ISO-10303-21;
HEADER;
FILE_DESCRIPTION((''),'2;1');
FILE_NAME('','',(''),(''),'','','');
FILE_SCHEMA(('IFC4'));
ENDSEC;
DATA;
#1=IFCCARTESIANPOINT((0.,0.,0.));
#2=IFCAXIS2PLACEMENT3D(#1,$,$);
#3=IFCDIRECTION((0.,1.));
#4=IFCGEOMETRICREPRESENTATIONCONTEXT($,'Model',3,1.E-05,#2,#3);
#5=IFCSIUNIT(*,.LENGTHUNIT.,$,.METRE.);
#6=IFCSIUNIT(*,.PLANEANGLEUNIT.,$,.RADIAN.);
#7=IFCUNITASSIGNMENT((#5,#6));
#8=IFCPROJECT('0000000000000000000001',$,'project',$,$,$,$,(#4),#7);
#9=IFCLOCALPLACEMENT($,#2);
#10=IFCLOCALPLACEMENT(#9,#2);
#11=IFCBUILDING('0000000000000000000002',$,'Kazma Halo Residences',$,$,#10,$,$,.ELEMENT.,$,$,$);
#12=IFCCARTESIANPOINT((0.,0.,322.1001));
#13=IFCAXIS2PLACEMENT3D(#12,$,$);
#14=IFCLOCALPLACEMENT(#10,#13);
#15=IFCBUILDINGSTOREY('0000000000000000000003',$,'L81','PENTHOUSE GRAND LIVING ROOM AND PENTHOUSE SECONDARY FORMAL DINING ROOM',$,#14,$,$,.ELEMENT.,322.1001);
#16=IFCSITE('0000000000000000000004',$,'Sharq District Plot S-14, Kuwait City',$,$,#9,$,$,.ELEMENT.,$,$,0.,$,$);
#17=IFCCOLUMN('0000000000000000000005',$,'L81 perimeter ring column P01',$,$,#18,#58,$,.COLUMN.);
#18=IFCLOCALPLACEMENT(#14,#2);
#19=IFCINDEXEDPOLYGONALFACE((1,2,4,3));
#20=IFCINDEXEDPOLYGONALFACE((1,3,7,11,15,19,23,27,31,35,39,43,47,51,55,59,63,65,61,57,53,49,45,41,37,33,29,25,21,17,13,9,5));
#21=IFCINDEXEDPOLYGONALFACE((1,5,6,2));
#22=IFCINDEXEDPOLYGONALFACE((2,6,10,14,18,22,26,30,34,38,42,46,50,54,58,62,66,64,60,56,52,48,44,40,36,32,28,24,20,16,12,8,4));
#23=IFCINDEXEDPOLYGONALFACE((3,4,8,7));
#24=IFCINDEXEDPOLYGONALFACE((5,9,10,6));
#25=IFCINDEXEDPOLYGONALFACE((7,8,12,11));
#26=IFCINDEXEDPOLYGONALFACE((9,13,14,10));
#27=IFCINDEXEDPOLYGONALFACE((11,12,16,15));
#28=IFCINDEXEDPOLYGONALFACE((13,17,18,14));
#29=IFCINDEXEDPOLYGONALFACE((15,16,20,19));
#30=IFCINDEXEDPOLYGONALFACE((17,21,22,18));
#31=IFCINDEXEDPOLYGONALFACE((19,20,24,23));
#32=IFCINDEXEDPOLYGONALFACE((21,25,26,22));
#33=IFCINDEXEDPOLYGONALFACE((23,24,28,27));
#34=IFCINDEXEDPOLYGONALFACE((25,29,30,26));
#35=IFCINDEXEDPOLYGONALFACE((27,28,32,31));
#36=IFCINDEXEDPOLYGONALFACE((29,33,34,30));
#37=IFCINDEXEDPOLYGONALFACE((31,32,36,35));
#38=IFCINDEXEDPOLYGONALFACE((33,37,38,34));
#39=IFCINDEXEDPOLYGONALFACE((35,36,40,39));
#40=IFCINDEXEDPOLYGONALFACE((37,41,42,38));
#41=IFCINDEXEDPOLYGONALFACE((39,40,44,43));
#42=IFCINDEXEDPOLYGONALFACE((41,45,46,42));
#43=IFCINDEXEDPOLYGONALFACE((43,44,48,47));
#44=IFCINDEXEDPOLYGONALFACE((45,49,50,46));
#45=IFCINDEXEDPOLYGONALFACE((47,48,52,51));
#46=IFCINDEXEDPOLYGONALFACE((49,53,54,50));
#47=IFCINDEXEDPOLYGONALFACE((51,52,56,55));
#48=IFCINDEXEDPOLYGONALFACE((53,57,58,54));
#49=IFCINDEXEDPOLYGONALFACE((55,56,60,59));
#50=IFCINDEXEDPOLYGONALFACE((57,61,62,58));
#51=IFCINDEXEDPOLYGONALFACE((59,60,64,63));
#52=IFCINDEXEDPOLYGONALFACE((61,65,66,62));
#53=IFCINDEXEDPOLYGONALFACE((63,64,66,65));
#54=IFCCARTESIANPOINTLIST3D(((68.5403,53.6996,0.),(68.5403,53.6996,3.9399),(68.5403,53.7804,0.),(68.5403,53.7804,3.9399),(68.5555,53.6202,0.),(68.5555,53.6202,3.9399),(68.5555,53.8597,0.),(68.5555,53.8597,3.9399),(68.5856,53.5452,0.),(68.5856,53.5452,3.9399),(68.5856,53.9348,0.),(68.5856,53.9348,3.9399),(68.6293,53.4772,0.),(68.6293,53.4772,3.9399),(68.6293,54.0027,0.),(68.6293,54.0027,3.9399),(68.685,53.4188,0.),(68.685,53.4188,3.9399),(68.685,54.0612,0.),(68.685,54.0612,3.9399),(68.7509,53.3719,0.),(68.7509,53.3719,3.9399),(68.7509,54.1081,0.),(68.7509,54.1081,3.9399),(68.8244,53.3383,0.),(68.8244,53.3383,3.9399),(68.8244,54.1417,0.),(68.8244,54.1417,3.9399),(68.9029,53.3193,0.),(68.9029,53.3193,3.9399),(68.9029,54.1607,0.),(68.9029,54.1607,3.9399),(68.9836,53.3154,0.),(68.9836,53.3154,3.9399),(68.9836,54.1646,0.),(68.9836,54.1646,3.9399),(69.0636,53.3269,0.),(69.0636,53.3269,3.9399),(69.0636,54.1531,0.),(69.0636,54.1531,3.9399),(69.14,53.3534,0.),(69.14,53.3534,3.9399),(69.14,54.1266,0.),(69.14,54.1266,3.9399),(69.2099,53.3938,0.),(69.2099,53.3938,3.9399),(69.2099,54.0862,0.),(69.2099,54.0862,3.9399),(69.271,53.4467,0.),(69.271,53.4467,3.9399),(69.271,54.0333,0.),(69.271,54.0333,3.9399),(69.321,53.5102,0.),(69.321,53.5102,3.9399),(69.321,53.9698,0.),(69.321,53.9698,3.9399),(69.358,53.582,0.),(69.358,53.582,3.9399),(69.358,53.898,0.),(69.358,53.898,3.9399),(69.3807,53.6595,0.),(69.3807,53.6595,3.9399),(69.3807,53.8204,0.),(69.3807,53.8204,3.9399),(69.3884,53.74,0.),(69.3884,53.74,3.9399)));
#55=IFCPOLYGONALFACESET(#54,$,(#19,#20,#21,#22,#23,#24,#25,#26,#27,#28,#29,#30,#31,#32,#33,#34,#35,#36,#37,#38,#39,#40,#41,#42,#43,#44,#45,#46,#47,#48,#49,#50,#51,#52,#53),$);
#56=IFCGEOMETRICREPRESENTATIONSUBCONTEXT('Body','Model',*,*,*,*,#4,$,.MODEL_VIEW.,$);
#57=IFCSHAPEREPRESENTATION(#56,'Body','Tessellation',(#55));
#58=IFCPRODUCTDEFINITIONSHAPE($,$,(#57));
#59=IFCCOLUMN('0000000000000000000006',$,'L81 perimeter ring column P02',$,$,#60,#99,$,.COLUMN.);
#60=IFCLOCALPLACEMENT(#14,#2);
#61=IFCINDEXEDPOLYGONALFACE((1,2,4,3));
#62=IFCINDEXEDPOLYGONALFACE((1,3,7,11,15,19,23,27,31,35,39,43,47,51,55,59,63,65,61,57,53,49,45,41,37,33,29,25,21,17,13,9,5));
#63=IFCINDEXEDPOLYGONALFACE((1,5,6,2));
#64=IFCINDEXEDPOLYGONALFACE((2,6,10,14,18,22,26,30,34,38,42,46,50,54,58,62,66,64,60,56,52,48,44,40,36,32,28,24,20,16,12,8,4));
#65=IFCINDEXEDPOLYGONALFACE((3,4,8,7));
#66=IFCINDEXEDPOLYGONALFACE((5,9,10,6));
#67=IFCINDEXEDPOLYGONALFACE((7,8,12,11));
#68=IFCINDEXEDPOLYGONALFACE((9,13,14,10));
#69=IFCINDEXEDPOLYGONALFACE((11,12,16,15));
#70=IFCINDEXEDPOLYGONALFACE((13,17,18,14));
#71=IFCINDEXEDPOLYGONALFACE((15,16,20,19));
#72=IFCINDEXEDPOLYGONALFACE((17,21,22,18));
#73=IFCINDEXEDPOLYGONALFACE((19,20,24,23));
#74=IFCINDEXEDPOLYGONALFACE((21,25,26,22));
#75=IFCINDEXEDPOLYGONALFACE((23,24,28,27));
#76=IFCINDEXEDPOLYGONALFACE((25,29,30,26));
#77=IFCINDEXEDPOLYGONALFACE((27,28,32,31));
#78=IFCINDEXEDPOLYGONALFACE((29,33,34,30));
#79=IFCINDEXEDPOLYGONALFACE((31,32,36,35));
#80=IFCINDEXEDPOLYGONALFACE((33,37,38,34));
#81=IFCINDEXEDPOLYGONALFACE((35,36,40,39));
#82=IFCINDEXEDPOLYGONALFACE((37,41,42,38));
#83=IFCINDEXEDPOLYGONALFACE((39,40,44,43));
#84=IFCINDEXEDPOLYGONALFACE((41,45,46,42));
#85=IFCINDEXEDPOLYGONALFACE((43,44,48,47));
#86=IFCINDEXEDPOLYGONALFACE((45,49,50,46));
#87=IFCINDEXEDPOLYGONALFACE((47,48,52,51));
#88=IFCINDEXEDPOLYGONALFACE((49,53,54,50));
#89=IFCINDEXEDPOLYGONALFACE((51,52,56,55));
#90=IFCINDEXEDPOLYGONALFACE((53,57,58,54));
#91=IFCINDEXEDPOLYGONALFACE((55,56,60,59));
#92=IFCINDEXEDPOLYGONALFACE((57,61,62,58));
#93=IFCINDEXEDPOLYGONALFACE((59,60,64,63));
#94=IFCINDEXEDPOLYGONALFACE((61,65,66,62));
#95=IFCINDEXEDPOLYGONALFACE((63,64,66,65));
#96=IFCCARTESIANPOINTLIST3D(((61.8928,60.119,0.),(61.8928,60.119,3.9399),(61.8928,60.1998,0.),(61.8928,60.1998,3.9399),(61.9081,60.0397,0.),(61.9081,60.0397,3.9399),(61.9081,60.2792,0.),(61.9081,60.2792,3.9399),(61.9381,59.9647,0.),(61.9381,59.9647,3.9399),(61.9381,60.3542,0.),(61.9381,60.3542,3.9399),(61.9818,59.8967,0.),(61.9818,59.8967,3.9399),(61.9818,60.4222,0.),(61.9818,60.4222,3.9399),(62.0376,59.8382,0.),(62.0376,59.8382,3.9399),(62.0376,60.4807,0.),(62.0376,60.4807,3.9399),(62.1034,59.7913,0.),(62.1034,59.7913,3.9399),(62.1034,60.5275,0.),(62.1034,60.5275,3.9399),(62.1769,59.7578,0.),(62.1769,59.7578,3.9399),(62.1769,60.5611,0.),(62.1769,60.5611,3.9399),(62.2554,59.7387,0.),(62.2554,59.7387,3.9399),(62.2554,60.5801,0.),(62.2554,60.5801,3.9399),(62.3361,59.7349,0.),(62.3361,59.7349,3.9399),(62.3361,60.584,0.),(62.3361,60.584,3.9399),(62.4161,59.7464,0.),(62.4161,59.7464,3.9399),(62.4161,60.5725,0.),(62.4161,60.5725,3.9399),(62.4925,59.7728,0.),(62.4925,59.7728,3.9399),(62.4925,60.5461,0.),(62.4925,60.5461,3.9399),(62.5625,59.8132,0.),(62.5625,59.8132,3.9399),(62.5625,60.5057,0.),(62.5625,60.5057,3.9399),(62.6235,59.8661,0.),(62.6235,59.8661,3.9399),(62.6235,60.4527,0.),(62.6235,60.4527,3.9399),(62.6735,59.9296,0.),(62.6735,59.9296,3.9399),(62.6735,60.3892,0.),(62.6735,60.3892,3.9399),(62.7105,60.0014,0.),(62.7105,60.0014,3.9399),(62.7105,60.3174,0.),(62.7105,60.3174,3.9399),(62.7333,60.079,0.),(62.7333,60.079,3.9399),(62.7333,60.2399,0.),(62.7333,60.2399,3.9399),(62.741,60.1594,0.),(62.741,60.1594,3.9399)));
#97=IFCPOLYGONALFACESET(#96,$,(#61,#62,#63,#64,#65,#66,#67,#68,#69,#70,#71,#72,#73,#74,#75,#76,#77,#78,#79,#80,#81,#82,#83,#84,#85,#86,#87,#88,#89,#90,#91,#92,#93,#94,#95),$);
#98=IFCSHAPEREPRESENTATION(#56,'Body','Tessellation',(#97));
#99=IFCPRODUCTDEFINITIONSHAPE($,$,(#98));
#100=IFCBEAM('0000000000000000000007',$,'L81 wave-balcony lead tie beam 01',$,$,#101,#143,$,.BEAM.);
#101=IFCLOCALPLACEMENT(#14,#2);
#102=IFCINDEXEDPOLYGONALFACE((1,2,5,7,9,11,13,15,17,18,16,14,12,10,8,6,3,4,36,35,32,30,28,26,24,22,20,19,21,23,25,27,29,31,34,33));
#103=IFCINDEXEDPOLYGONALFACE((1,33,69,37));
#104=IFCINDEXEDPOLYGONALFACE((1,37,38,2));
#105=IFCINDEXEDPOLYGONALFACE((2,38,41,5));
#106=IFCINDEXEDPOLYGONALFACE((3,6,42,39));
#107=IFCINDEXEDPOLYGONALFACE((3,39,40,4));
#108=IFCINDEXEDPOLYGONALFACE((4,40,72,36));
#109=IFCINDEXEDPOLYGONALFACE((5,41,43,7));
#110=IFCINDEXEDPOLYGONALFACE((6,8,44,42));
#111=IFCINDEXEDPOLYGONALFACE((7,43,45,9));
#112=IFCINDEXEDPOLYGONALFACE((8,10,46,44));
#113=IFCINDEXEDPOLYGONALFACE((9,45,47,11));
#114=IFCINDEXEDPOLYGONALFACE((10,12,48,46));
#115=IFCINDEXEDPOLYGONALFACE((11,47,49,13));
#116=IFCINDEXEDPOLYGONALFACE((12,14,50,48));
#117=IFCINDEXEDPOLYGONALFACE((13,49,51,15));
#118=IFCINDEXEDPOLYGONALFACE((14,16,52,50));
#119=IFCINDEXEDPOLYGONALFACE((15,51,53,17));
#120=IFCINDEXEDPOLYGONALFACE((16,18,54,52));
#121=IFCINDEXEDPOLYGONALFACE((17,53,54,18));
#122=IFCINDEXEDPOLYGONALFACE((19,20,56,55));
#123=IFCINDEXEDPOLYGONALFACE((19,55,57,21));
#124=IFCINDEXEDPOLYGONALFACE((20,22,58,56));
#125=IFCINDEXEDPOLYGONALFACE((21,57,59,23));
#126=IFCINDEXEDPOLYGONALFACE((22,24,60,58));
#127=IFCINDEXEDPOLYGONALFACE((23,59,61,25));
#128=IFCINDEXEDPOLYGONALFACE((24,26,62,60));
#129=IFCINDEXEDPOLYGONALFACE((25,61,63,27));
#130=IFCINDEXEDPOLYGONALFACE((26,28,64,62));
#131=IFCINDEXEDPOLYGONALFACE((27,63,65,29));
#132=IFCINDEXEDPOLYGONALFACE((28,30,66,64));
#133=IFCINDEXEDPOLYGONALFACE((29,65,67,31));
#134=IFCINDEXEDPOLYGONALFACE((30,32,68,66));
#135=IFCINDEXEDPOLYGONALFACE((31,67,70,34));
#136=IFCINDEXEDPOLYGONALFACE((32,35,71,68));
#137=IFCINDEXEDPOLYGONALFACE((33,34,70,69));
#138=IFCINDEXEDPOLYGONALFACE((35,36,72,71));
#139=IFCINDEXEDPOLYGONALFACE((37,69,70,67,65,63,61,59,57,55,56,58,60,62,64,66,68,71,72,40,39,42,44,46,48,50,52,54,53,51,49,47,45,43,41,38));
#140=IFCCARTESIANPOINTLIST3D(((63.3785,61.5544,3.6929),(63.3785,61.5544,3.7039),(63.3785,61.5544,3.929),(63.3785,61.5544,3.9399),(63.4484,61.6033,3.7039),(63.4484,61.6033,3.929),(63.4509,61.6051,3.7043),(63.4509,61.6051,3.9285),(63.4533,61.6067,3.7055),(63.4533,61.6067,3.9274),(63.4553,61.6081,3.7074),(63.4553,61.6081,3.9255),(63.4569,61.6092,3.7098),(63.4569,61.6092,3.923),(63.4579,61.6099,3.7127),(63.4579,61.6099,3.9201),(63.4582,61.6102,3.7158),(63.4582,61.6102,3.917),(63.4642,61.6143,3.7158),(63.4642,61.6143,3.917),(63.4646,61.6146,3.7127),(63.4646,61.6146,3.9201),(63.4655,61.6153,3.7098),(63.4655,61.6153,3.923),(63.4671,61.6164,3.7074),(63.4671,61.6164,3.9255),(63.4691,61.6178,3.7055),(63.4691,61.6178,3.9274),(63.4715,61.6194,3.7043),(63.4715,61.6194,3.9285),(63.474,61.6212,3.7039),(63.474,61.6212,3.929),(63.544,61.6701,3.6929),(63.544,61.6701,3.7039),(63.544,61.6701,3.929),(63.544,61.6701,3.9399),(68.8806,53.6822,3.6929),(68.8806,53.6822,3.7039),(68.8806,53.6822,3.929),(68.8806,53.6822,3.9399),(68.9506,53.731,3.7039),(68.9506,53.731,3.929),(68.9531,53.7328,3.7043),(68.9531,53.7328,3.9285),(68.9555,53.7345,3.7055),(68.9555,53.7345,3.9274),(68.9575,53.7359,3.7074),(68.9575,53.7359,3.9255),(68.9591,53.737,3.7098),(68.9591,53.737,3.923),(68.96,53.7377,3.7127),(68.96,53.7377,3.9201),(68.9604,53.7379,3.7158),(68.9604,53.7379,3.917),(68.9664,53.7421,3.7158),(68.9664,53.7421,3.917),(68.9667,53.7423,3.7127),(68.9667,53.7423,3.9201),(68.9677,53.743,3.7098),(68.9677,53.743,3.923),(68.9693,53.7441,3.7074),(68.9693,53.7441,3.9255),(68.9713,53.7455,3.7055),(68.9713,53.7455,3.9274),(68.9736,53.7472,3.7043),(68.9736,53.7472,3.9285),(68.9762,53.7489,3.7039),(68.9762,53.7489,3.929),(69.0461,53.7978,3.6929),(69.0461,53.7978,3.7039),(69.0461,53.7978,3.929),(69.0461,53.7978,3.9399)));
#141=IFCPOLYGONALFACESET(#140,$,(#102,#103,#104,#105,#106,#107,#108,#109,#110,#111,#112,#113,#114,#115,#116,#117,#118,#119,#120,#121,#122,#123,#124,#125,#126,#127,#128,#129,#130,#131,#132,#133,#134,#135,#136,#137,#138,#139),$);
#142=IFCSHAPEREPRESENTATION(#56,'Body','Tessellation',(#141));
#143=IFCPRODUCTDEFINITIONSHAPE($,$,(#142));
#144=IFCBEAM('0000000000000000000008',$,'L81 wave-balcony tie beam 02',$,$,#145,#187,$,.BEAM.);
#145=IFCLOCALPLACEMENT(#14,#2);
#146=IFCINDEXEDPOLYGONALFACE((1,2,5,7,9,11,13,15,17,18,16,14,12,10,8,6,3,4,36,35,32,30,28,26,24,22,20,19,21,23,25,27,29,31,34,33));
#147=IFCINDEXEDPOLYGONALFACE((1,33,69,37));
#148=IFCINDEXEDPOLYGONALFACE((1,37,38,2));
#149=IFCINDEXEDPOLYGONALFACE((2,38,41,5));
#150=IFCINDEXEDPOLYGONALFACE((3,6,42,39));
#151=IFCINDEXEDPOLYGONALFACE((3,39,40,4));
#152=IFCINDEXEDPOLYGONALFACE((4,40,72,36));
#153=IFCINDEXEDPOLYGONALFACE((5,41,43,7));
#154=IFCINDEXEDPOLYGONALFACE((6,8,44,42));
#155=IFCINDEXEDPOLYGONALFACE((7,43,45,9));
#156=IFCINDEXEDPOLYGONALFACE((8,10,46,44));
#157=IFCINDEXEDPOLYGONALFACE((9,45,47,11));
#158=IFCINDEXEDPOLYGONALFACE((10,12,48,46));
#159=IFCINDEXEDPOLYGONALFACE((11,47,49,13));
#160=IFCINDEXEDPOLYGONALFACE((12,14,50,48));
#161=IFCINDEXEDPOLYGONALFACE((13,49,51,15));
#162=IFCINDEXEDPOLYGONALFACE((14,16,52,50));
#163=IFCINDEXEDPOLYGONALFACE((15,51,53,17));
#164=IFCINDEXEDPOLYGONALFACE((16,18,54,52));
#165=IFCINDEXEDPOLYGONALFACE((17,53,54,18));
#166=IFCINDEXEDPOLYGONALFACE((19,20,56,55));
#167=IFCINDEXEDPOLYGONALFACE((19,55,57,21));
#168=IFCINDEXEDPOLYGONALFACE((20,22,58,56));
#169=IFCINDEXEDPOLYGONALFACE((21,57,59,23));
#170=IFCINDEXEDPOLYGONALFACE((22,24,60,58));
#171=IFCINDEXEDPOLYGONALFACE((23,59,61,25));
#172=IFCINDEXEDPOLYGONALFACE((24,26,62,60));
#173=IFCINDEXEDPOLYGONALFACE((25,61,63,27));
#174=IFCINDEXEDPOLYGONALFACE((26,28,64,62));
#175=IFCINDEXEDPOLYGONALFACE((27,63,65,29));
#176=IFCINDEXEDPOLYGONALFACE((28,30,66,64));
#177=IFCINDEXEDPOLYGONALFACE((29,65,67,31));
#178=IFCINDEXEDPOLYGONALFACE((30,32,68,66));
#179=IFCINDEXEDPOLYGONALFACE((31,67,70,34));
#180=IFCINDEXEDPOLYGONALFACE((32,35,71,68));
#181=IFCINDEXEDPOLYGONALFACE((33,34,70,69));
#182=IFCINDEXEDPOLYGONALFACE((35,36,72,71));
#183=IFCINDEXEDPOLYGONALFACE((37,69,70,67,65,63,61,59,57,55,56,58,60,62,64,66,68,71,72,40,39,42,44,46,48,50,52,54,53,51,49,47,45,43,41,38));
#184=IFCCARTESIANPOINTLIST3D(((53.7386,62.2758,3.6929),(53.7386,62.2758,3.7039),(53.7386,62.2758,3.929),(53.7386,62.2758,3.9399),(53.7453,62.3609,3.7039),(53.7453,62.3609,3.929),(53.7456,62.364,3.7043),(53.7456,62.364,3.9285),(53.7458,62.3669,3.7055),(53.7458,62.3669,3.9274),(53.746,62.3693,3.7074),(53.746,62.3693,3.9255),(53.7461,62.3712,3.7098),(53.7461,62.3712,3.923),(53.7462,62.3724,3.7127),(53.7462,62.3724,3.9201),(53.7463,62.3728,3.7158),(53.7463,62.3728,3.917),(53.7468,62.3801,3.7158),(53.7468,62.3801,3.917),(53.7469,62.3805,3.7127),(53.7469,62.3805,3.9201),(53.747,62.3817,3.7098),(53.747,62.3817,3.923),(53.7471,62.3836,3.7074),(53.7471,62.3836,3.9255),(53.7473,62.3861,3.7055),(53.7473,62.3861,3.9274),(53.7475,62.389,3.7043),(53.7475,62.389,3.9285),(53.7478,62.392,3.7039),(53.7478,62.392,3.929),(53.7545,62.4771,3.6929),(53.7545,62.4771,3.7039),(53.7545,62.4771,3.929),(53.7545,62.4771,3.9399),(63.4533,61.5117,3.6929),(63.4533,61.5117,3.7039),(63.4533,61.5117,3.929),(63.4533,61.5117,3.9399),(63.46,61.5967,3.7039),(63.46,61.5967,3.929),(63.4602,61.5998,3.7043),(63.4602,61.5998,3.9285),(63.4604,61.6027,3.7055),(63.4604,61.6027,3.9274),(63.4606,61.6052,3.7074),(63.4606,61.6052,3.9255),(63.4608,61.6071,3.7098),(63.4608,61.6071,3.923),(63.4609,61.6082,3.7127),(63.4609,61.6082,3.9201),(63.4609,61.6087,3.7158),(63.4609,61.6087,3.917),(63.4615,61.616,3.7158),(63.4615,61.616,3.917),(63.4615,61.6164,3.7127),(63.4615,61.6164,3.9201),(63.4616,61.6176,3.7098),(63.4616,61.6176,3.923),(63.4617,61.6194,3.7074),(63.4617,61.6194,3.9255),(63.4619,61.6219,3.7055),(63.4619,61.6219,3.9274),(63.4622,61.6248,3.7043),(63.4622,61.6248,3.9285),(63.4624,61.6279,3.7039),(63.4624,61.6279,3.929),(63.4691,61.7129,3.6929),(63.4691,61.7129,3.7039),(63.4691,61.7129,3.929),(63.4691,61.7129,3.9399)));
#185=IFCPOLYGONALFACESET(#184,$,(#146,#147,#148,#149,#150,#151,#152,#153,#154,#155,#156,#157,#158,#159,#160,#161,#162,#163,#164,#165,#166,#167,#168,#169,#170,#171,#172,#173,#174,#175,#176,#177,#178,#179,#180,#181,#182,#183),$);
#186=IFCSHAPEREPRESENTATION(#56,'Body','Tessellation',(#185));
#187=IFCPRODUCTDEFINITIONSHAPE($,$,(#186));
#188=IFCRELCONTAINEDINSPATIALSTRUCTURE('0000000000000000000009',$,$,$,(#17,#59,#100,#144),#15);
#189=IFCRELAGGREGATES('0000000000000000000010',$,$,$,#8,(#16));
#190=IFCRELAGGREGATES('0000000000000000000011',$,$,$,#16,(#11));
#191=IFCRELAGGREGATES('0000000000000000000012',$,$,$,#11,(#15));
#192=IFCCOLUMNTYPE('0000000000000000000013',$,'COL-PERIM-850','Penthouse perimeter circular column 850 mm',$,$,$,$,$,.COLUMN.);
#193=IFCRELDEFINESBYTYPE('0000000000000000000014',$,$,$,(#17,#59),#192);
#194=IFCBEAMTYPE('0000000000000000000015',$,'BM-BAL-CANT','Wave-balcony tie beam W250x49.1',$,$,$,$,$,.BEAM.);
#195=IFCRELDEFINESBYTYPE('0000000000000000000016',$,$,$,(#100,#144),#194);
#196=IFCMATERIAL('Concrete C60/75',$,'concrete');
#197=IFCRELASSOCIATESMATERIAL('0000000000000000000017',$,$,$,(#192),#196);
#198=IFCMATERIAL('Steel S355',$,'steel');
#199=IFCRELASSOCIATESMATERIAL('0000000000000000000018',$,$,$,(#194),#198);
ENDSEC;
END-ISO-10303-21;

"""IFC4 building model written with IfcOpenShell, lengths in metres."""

from ifc_helpers import new_model, si_unit, direction, frame, origin, origin_2d, place, context, subcontext, project, spatial, circle, i_section, extrude, material, material_profile, profile_set, type_object, element, save


model = new_model("IFC4")

# Units and contexts
model_context = context("Model", 3, precision=1e-05, world=origin(), true_north=direction((0.0, 1.0)))
body_context = subcontext(model_context, "Body", "Model", "MODEL_VIEW")
ifc_project = project(units=[si_unit("LENGTHUNIT", "METRE"), si_unit("PLANEANGLEUNIT", "RADIAN")], contexts=[model_context])

# Site, building, storey
site_placement = place(None, origin())
site = spatial("IfcSite", under=ifc_project, at=site_placement, Name="Sharq District Plot S-14, Kuwait City", CompositionType="ELEMENT", RefElevation=0.0)
building_placement = place(site_placement, origin())
building = spatial("IfcBuilding", under=site, at=building_placement, Name="Kazma Halo Residences", CompositionType="ELEMENT")
storey_placement = place(building_placement, frame((0.0, 0.0, 322.1001)))
storey = spatial("IfcBuildingStorey", under=building, at=storey_placement, Name="L81", Description="PENTHOUSE GRAND LIVING ROOM AND PENTHOUSE SECONDARY FORMAL DINING ROOM", CompositionType="ELEMENT", Elevation=322.1001)

# Columns
ifc_material_1 = material(Name="Concrete C60/75", Category="concrete")
ifc_material_profile_1 = material_profile(ifc_material_1, circle(Radius=0.425, at=origin_2d()), Name="CIRC850")
ifc_profile_set_1 = profile_set([ifc_material_profile_1], Name="Concrete C60/75")
column_type = type_object("IfcColumnType", Name="COL-PERIM-850", Description="Penthouse perimeter circular column 850 mm", PredefinedType="COLUMN", material=ifc_profile_set_1)
for number, where, z_axis, x_axis, name in (
    (1, (68.9634, 53.74, 0.0), (0.0, 0.0, 1.0), (1.0, 0.0, 0.0), "L81 perimeter ring column P01"),
    (2, (62.3159, 60.1594, 0.0), (0.0, 0.0, 1.0), (1.0, 0.0, 0.0), "L81 perimeter ring column P02"),
):
    element("IfcColumn", number, at=place(storey_placement, frame(where, z_axis=z_axis, x_axis=x_axis)), inside=storey, type_object=column_type, Name=name, PredefinedType="COLUMN", context=body_context, shape_type="SweptSolid", body=[
        extrude(circle(Radius=0.425, at=origin_2d()), origin(), (0.0, 0.0, 1.0), 3.9399),
    ])

# Beams
ifc_material_2 = material(Name="Steel S355", Category="steel")
ifc_material_profile_2 = material_profile(ifc_material_2, i_section(OverallWidth=0.2019, OverallDepth=0.2471, WebThickness=0.0073, FlangeThickness=0.011, FilletRadius=0.012, at=origin_2d()), Name="W250x49.1")
ifc_profile_set_2 = profile_set([ifc_material_profile_2], Name="Steel S355")
beam_type_1 = type_object("IfcBeamType", Name="BM-BAL-CANT", Description="Wave-balcony tie beam W250x49.1", PredefinedType="BEAM", material=ifc_profile_set_2)
beam_1_placement = place(storey_placement, frame((68.9634, 53.74, 3.8164), z_axis=(-0.572874, 0.819644, 0.0), x_axis=(-0.819644, -0.572874, 0.0)))
element("IfcBeam", 3, at=beam_1_placement, inside=storey, type_object=beam_type_1, Name="L81 wave-balcony lead tie beam 01", PredefinedType="BEAM", context=body_context, shape_type="SweptSolid", body=[
    extrude(i_section(OverallWidth=0.2019, OverallDepth=0.2471, WebThickness=0.0073, FlangeThickness=0.011, FilletRadius=0.012, at=origin_2d()), origin(), (0.0, 0.0, 1.0), 9.6045),
])
beam_2_placement = place(storey_placement, frame((63.4612, 61.6123, 3.8164), z_axis=(-0.996921, 0.078419, 0.0), x_axis=(-0.078419, -0.996921, 0.0)))
element("IfcBeam", 4, at=beam_2_placement, inside=storey, type_object=beam_type_1, Name="L81 wave-balcony tie beam 02", PredefinedType="BEAM", context=body_context, shape_type="SweptSolid", body=[
    extrude(i_section(OverallWidth=0.2019, OverallDepth=0.2471, WebThickness=0.0073, FlangeThickness=0.011, FilletRadius=0.012, at=origin_2d()), origin(), (0.0, 0.0, 1.0), 9.7446),
])

save(model, "model.ifc")
